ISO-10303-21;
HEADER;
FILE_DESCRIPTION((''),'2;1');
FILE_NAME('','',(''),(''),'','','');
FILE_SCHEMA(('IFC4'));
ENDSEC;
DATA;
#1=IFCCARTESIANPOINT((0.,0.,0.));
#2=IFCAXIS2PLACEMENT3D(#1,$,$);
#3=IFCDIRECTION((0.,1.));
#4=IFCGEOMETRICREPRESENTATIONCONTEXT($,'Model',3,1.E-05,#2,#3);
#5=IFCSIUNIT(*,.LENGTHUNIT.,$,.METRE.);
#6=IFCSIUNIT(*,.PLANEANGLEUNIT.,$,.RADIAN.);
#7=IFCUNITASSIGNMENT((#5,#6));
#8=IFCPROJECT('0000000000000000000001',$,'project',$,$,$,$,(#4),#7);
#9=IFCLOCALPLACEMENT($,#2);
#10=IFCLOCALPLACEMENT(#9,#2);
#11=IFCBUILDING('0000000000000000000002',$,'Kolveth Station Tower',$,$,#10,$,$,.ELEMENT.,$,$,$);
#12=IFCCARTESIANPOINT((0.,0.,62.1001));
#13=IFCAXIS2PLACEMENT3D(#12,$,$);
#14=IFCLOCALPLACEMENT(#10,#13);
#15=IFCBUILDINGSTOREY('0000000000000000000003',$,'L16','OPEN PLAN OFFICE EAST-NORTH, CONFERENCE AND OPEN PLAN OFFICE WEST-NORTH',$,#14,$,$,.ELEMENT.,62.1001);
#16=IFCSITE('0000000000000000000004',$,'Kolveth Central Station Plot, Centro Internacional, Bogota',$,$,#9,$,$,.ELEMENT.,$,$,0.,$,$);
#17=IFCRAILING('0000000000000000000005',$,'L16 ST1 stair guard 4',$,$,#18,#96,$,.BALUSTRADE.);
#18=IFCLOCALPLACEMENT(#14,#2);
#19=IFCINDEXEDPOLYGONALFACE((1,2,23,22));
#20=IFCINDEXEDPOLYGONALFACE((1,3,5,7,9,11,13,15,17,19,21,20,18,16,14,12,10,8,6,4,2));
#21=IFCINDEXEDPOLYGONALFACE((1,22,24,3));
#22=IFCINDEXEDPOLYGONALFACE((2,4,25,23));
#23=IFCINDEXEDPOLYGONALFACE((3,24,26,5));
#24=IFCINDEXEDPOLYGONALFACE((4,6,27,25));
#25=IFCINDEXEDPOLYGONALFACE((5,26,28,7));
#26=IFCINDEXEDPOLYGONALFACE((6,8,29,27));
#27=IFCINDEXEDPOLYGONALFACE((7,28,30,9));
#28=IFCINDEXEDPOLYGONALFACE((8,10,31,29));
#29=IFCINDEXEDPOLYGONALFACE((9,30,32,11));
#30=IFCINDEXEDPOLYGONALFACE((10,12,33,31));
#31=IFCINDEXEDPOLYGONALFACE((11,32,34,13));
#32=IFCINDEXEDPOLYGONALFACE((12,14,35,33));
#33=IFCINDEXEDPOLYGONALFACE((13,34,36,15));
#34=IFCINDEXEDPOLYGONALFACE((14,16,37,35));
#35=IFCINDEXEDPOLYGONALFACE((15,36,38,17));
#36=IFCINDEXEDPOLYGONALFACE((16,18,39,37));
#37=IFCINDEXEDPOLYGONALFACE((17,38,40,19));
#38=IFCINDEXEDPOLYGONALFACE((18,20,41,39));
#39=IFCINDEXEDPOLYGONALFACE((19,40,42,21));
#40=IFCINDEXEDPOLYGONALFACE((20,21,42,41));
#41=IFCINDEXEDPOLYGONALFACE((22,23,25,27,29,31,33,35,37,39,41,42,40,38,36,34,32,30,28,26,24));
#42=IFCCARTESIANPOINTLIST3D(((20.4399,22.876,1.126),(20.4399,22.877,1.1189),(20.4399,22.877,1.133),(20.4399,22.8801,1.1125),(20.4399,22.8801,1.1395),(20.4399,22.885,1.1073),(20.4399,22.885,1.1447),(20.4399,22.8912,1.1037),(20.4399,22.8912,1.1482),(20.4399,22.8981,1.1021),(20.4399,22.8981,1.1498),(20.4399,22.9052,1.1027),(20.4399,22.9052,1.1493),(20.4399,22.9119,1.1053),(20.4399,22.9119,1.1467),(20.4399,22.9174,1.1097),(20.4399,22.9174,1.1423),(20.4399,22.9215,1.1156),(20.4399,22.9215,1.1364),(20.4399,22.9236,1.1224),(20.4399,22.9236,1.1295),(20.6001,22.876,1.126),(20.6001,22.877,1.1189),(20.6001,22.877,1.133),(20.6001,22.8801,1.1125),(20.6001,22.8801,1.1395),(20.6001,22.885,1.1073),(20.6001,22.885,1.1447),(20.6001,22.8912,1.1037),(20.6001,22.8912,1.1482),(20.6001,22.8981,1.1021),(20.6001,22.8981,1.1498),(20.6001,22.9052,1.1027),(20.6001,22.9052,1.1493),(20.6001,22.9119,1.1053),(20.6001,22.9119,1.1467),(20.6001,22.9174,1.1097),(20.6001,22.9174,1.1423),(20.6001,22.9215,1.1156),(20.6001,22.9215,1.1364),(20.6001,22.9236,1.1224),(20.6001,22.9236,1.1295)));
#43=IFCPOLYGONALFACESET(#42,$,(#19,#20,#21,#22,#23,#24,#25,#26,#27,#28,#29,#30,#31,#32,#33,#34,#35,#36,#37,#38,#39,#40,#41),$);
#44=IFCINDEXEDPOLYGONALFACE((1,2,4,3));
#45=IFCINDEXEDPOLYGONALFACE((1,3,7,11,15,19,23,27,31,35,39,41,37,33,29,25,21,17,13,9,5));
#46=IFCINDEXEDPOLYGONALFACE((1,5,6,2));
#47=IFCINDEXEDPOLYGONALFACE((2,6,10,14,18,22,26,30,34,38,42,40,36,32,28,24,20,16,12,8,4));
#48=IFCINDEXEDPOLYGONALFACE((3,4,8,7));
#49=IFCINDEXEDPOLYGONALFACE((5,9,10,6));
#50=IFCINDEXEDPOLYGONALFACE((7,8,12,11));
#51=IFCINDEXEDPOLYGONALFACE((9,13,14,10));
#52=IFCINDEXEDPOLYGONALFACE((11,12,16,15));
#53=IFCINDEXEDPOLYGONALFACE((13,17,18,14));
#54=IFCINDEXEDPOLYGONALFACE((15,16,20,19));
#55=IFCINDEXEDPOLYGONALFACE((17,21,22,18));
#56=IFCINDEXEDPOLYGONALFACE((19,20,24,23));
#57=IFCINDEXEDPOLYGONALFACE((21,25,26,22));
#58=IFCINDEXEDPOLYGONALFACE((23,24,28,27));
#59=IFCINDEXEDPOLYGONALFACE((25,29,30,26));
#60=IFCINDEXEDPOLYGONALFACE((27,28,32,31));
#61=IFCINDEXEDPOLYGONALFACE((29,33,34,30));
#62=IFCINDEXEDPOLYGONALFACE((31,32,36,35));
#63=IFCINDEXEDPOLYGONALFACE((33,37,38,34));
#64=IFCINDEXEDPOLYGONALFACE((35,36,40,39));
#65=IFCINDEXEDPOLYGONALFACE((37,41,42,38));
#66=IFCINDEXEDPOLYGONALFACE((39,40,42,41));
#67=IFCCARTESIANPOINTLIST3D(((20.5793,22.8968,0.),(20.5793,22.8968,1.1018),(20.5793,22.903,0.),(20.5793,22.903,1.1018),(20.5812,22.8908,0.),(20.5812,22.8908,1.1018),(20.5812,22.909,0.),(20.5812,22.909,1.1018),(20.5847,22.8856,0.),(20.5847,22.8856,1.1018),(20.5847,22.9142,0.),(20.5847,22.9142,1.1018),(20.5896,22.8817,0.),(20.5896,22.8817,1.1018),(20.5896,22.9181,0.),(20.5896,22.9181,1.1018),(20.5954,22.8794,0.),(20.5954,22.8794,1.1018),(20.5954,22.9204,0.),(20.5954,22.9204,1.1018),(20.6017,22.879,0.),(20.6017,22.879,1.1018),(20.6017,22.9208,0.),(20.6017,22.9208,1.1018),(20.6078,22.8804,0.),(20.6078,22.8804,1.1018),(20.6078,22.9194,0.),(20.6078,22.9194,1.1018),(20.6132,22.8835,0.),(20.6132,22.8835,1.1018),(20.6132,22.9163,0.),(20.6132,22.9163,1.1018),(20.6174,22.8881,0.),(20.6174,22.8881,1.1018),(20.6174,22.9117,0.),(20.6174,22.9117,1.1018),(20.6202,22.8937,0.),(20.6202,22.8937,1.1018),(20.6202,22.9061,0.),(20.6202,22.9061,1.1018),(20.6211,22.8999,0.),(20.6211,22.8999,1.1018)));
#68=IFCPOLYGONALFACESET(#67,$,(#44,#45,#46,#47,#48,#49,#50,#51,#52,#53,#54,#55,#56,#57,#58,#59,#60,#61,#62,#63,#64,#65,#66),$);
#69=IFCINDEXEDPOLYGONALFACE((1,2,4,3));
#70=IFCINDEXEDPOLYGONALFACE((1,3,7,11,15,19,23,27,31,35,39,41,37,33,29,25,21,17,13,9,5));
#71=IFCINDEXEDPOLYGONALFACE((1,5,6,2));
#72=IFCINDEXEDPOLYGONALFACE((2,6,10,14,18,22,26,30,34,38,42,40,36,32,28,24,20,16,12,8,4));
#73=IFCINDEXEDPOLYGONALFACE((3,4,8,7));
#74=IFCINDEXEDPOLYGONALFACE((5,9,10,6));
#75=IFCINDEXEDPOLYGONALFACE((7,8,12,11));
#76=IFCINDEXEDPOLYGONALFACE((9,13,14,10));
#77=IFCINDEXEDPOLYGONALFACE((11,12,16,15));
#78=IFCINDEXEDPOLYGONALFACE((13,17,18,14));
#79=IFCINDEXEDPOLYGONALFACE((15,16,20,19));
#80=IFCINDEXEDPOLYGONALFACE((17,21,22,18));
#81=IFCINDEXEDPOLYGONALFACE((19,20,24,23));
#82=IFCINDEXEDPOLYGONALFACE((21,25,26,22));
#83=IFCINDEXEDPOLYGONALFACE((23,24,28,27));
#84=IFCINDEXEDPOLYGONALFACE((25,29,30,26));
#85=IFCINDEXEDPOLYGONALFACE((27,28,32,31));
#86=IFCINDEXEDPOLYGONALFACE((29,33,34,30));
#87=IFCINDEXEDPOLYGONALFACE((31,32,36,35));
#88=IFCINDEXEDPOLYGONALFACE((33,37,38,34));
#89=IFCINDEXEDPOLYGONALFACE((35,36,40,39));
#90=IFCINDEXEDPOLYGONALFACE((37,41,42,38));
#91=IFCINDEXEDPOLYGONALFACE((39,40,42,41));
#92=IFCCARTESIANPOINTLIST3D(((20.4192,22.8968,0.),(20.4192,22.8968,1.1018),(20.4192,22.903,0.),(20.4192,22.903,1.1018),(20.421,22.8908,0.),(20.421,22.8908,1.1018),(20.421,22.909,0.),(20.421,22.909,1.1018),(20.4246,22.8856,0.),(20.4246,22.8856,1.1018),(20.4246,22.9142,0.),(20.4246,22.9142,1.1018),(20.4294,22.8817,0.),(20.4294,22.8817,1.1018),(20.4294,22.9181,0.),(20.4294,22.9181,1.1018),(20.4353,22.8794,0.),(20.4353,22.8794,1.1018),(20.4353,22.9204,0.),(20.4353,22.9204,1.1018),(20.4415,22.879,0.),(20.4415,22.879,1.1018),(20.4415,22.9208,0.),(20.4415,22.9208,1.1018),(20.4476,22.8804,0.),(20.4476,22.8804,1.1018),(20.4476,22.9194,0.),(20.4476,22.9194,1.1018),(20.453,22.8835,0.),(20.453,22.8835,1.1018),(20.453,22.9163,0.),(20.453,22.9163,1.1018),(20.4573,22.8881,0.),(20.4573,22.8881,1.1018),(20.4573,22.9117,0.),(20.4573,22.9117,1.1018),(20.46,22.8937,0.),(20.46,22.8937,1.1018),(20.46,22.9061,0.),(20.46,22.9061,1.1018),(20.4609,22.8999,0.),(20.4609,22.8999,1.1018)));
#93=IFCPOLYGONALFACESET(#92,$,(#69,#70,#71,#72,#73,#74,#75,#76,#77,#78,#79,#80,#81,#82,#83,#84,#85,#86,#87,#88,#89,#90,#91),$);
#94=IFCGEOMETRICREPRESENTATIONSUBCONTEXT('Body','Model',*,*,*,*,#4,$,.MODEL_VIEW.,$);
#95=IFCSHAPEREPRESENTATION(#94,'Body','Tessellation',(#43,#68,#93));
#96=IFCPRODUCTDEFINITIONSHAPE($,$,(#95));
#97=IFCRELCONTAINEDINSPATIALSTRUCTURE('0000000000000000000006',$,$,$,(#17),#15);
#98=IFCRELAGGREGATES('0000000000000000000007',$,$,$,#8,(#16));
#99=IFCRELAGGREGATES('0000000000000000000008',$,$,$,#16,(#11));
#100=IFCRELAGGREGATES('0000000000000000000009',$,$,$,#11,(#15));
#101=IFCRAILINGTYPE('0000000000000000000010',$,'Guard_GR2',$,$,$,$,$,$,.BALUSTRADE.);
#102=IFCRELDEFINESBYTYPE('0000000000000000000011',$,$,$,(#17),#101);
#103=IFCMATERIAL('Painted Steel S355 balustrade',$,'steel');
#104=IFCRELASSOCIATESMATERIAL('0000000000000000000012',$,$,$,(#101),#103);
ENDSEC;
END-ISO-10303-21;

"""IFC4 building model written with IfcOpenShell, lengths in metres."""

from ifc_helpers import new_model, si_unit, direction, frame, origin, origin_2d, place, context, subcontext, project, spatial, circle, extrude, material, type_object, element, save


model = new_model("IFC4")

# Units and contexts
model_context = context("Model", 3, precision=1e-05, world=origin(), true_north=direction((0.0, 1.0)))
body_context = subcontext(model_context, "Body", "Model", "MODEL_VIEW")
ifc_project = project(units=[si_unit("LENGTHUNIT", "METRE"), si_unit("PLANEANGLEUNIT", "RADIAN")], contexts=[model_context])

# Site, building, storey
site_placement = place(None, origin())
site = spatial("IfcSite", under=ifc_project, at=site_placement, Name="Kolveth Central Station Plot, Centro Internacional, Bogota", CompositionType="ELEMENT", RefElevation=0.0)
building_placement = place(site_placement, origin())
building = spatial("IfcBuilding", under=site, at=building_placement, Name="Kolveth Station Tower", CompositionType="ELEMENT")
storey_placement = place(building_placement, frame((0.0, 0.0, 62.1001)))
storey = spatial("IfcBuildingStorey", under=building, at=storey_placement, Name="L16", Description="OPEN PLAN OFFICE EAST-NORTH, CONFERENCE AND OPEN PLAN OFFICE WEST-NORTH", CompositionType="ELEMENT", Elevation=62.1001)

# Railing
ifc_material_1 = material(Name="Painted Steel S355 balustrade", Category="steel")
railing_type_1 = type_object("IfcRailingType", Name="Guard_GR2", PredefinedType="BALUSTRADE", material=ifc_material_1)
railing_1_placement = place(storey_placement, frame((20.6001, 22.8999, 0.0)))
element("IfcRailing", 1, at=railing_1_placement, inside=storey, type_object=railing_type_1, Name="L16 ST1 stair guard 4", PredefinedType="BALUSTRADE", context=body_context, shape_type="SweptSolid", body=[
    extrude(circle(Radius=0.0239, at=origin_2d()), frame((0.0, 0.0, 1.126), z_axis=(-1.0, 0.0, 0.0), x_axis=(0.0, -1.0, 0.0)), (0.0, 0.0, 1.0), 0.1602),
    extrude(circle(Radius=0.021, at=origin_2d()), origin(), (0.0, 0.0, 1.0), 1.1018),
    extrude(circle(Radius=0.021, at=origin_2d()), frame((-0.1602, 0.0, 0.0)), (0.0, 0.0, 1.0), 1.1018),
])

save(model, "model.ifc")
